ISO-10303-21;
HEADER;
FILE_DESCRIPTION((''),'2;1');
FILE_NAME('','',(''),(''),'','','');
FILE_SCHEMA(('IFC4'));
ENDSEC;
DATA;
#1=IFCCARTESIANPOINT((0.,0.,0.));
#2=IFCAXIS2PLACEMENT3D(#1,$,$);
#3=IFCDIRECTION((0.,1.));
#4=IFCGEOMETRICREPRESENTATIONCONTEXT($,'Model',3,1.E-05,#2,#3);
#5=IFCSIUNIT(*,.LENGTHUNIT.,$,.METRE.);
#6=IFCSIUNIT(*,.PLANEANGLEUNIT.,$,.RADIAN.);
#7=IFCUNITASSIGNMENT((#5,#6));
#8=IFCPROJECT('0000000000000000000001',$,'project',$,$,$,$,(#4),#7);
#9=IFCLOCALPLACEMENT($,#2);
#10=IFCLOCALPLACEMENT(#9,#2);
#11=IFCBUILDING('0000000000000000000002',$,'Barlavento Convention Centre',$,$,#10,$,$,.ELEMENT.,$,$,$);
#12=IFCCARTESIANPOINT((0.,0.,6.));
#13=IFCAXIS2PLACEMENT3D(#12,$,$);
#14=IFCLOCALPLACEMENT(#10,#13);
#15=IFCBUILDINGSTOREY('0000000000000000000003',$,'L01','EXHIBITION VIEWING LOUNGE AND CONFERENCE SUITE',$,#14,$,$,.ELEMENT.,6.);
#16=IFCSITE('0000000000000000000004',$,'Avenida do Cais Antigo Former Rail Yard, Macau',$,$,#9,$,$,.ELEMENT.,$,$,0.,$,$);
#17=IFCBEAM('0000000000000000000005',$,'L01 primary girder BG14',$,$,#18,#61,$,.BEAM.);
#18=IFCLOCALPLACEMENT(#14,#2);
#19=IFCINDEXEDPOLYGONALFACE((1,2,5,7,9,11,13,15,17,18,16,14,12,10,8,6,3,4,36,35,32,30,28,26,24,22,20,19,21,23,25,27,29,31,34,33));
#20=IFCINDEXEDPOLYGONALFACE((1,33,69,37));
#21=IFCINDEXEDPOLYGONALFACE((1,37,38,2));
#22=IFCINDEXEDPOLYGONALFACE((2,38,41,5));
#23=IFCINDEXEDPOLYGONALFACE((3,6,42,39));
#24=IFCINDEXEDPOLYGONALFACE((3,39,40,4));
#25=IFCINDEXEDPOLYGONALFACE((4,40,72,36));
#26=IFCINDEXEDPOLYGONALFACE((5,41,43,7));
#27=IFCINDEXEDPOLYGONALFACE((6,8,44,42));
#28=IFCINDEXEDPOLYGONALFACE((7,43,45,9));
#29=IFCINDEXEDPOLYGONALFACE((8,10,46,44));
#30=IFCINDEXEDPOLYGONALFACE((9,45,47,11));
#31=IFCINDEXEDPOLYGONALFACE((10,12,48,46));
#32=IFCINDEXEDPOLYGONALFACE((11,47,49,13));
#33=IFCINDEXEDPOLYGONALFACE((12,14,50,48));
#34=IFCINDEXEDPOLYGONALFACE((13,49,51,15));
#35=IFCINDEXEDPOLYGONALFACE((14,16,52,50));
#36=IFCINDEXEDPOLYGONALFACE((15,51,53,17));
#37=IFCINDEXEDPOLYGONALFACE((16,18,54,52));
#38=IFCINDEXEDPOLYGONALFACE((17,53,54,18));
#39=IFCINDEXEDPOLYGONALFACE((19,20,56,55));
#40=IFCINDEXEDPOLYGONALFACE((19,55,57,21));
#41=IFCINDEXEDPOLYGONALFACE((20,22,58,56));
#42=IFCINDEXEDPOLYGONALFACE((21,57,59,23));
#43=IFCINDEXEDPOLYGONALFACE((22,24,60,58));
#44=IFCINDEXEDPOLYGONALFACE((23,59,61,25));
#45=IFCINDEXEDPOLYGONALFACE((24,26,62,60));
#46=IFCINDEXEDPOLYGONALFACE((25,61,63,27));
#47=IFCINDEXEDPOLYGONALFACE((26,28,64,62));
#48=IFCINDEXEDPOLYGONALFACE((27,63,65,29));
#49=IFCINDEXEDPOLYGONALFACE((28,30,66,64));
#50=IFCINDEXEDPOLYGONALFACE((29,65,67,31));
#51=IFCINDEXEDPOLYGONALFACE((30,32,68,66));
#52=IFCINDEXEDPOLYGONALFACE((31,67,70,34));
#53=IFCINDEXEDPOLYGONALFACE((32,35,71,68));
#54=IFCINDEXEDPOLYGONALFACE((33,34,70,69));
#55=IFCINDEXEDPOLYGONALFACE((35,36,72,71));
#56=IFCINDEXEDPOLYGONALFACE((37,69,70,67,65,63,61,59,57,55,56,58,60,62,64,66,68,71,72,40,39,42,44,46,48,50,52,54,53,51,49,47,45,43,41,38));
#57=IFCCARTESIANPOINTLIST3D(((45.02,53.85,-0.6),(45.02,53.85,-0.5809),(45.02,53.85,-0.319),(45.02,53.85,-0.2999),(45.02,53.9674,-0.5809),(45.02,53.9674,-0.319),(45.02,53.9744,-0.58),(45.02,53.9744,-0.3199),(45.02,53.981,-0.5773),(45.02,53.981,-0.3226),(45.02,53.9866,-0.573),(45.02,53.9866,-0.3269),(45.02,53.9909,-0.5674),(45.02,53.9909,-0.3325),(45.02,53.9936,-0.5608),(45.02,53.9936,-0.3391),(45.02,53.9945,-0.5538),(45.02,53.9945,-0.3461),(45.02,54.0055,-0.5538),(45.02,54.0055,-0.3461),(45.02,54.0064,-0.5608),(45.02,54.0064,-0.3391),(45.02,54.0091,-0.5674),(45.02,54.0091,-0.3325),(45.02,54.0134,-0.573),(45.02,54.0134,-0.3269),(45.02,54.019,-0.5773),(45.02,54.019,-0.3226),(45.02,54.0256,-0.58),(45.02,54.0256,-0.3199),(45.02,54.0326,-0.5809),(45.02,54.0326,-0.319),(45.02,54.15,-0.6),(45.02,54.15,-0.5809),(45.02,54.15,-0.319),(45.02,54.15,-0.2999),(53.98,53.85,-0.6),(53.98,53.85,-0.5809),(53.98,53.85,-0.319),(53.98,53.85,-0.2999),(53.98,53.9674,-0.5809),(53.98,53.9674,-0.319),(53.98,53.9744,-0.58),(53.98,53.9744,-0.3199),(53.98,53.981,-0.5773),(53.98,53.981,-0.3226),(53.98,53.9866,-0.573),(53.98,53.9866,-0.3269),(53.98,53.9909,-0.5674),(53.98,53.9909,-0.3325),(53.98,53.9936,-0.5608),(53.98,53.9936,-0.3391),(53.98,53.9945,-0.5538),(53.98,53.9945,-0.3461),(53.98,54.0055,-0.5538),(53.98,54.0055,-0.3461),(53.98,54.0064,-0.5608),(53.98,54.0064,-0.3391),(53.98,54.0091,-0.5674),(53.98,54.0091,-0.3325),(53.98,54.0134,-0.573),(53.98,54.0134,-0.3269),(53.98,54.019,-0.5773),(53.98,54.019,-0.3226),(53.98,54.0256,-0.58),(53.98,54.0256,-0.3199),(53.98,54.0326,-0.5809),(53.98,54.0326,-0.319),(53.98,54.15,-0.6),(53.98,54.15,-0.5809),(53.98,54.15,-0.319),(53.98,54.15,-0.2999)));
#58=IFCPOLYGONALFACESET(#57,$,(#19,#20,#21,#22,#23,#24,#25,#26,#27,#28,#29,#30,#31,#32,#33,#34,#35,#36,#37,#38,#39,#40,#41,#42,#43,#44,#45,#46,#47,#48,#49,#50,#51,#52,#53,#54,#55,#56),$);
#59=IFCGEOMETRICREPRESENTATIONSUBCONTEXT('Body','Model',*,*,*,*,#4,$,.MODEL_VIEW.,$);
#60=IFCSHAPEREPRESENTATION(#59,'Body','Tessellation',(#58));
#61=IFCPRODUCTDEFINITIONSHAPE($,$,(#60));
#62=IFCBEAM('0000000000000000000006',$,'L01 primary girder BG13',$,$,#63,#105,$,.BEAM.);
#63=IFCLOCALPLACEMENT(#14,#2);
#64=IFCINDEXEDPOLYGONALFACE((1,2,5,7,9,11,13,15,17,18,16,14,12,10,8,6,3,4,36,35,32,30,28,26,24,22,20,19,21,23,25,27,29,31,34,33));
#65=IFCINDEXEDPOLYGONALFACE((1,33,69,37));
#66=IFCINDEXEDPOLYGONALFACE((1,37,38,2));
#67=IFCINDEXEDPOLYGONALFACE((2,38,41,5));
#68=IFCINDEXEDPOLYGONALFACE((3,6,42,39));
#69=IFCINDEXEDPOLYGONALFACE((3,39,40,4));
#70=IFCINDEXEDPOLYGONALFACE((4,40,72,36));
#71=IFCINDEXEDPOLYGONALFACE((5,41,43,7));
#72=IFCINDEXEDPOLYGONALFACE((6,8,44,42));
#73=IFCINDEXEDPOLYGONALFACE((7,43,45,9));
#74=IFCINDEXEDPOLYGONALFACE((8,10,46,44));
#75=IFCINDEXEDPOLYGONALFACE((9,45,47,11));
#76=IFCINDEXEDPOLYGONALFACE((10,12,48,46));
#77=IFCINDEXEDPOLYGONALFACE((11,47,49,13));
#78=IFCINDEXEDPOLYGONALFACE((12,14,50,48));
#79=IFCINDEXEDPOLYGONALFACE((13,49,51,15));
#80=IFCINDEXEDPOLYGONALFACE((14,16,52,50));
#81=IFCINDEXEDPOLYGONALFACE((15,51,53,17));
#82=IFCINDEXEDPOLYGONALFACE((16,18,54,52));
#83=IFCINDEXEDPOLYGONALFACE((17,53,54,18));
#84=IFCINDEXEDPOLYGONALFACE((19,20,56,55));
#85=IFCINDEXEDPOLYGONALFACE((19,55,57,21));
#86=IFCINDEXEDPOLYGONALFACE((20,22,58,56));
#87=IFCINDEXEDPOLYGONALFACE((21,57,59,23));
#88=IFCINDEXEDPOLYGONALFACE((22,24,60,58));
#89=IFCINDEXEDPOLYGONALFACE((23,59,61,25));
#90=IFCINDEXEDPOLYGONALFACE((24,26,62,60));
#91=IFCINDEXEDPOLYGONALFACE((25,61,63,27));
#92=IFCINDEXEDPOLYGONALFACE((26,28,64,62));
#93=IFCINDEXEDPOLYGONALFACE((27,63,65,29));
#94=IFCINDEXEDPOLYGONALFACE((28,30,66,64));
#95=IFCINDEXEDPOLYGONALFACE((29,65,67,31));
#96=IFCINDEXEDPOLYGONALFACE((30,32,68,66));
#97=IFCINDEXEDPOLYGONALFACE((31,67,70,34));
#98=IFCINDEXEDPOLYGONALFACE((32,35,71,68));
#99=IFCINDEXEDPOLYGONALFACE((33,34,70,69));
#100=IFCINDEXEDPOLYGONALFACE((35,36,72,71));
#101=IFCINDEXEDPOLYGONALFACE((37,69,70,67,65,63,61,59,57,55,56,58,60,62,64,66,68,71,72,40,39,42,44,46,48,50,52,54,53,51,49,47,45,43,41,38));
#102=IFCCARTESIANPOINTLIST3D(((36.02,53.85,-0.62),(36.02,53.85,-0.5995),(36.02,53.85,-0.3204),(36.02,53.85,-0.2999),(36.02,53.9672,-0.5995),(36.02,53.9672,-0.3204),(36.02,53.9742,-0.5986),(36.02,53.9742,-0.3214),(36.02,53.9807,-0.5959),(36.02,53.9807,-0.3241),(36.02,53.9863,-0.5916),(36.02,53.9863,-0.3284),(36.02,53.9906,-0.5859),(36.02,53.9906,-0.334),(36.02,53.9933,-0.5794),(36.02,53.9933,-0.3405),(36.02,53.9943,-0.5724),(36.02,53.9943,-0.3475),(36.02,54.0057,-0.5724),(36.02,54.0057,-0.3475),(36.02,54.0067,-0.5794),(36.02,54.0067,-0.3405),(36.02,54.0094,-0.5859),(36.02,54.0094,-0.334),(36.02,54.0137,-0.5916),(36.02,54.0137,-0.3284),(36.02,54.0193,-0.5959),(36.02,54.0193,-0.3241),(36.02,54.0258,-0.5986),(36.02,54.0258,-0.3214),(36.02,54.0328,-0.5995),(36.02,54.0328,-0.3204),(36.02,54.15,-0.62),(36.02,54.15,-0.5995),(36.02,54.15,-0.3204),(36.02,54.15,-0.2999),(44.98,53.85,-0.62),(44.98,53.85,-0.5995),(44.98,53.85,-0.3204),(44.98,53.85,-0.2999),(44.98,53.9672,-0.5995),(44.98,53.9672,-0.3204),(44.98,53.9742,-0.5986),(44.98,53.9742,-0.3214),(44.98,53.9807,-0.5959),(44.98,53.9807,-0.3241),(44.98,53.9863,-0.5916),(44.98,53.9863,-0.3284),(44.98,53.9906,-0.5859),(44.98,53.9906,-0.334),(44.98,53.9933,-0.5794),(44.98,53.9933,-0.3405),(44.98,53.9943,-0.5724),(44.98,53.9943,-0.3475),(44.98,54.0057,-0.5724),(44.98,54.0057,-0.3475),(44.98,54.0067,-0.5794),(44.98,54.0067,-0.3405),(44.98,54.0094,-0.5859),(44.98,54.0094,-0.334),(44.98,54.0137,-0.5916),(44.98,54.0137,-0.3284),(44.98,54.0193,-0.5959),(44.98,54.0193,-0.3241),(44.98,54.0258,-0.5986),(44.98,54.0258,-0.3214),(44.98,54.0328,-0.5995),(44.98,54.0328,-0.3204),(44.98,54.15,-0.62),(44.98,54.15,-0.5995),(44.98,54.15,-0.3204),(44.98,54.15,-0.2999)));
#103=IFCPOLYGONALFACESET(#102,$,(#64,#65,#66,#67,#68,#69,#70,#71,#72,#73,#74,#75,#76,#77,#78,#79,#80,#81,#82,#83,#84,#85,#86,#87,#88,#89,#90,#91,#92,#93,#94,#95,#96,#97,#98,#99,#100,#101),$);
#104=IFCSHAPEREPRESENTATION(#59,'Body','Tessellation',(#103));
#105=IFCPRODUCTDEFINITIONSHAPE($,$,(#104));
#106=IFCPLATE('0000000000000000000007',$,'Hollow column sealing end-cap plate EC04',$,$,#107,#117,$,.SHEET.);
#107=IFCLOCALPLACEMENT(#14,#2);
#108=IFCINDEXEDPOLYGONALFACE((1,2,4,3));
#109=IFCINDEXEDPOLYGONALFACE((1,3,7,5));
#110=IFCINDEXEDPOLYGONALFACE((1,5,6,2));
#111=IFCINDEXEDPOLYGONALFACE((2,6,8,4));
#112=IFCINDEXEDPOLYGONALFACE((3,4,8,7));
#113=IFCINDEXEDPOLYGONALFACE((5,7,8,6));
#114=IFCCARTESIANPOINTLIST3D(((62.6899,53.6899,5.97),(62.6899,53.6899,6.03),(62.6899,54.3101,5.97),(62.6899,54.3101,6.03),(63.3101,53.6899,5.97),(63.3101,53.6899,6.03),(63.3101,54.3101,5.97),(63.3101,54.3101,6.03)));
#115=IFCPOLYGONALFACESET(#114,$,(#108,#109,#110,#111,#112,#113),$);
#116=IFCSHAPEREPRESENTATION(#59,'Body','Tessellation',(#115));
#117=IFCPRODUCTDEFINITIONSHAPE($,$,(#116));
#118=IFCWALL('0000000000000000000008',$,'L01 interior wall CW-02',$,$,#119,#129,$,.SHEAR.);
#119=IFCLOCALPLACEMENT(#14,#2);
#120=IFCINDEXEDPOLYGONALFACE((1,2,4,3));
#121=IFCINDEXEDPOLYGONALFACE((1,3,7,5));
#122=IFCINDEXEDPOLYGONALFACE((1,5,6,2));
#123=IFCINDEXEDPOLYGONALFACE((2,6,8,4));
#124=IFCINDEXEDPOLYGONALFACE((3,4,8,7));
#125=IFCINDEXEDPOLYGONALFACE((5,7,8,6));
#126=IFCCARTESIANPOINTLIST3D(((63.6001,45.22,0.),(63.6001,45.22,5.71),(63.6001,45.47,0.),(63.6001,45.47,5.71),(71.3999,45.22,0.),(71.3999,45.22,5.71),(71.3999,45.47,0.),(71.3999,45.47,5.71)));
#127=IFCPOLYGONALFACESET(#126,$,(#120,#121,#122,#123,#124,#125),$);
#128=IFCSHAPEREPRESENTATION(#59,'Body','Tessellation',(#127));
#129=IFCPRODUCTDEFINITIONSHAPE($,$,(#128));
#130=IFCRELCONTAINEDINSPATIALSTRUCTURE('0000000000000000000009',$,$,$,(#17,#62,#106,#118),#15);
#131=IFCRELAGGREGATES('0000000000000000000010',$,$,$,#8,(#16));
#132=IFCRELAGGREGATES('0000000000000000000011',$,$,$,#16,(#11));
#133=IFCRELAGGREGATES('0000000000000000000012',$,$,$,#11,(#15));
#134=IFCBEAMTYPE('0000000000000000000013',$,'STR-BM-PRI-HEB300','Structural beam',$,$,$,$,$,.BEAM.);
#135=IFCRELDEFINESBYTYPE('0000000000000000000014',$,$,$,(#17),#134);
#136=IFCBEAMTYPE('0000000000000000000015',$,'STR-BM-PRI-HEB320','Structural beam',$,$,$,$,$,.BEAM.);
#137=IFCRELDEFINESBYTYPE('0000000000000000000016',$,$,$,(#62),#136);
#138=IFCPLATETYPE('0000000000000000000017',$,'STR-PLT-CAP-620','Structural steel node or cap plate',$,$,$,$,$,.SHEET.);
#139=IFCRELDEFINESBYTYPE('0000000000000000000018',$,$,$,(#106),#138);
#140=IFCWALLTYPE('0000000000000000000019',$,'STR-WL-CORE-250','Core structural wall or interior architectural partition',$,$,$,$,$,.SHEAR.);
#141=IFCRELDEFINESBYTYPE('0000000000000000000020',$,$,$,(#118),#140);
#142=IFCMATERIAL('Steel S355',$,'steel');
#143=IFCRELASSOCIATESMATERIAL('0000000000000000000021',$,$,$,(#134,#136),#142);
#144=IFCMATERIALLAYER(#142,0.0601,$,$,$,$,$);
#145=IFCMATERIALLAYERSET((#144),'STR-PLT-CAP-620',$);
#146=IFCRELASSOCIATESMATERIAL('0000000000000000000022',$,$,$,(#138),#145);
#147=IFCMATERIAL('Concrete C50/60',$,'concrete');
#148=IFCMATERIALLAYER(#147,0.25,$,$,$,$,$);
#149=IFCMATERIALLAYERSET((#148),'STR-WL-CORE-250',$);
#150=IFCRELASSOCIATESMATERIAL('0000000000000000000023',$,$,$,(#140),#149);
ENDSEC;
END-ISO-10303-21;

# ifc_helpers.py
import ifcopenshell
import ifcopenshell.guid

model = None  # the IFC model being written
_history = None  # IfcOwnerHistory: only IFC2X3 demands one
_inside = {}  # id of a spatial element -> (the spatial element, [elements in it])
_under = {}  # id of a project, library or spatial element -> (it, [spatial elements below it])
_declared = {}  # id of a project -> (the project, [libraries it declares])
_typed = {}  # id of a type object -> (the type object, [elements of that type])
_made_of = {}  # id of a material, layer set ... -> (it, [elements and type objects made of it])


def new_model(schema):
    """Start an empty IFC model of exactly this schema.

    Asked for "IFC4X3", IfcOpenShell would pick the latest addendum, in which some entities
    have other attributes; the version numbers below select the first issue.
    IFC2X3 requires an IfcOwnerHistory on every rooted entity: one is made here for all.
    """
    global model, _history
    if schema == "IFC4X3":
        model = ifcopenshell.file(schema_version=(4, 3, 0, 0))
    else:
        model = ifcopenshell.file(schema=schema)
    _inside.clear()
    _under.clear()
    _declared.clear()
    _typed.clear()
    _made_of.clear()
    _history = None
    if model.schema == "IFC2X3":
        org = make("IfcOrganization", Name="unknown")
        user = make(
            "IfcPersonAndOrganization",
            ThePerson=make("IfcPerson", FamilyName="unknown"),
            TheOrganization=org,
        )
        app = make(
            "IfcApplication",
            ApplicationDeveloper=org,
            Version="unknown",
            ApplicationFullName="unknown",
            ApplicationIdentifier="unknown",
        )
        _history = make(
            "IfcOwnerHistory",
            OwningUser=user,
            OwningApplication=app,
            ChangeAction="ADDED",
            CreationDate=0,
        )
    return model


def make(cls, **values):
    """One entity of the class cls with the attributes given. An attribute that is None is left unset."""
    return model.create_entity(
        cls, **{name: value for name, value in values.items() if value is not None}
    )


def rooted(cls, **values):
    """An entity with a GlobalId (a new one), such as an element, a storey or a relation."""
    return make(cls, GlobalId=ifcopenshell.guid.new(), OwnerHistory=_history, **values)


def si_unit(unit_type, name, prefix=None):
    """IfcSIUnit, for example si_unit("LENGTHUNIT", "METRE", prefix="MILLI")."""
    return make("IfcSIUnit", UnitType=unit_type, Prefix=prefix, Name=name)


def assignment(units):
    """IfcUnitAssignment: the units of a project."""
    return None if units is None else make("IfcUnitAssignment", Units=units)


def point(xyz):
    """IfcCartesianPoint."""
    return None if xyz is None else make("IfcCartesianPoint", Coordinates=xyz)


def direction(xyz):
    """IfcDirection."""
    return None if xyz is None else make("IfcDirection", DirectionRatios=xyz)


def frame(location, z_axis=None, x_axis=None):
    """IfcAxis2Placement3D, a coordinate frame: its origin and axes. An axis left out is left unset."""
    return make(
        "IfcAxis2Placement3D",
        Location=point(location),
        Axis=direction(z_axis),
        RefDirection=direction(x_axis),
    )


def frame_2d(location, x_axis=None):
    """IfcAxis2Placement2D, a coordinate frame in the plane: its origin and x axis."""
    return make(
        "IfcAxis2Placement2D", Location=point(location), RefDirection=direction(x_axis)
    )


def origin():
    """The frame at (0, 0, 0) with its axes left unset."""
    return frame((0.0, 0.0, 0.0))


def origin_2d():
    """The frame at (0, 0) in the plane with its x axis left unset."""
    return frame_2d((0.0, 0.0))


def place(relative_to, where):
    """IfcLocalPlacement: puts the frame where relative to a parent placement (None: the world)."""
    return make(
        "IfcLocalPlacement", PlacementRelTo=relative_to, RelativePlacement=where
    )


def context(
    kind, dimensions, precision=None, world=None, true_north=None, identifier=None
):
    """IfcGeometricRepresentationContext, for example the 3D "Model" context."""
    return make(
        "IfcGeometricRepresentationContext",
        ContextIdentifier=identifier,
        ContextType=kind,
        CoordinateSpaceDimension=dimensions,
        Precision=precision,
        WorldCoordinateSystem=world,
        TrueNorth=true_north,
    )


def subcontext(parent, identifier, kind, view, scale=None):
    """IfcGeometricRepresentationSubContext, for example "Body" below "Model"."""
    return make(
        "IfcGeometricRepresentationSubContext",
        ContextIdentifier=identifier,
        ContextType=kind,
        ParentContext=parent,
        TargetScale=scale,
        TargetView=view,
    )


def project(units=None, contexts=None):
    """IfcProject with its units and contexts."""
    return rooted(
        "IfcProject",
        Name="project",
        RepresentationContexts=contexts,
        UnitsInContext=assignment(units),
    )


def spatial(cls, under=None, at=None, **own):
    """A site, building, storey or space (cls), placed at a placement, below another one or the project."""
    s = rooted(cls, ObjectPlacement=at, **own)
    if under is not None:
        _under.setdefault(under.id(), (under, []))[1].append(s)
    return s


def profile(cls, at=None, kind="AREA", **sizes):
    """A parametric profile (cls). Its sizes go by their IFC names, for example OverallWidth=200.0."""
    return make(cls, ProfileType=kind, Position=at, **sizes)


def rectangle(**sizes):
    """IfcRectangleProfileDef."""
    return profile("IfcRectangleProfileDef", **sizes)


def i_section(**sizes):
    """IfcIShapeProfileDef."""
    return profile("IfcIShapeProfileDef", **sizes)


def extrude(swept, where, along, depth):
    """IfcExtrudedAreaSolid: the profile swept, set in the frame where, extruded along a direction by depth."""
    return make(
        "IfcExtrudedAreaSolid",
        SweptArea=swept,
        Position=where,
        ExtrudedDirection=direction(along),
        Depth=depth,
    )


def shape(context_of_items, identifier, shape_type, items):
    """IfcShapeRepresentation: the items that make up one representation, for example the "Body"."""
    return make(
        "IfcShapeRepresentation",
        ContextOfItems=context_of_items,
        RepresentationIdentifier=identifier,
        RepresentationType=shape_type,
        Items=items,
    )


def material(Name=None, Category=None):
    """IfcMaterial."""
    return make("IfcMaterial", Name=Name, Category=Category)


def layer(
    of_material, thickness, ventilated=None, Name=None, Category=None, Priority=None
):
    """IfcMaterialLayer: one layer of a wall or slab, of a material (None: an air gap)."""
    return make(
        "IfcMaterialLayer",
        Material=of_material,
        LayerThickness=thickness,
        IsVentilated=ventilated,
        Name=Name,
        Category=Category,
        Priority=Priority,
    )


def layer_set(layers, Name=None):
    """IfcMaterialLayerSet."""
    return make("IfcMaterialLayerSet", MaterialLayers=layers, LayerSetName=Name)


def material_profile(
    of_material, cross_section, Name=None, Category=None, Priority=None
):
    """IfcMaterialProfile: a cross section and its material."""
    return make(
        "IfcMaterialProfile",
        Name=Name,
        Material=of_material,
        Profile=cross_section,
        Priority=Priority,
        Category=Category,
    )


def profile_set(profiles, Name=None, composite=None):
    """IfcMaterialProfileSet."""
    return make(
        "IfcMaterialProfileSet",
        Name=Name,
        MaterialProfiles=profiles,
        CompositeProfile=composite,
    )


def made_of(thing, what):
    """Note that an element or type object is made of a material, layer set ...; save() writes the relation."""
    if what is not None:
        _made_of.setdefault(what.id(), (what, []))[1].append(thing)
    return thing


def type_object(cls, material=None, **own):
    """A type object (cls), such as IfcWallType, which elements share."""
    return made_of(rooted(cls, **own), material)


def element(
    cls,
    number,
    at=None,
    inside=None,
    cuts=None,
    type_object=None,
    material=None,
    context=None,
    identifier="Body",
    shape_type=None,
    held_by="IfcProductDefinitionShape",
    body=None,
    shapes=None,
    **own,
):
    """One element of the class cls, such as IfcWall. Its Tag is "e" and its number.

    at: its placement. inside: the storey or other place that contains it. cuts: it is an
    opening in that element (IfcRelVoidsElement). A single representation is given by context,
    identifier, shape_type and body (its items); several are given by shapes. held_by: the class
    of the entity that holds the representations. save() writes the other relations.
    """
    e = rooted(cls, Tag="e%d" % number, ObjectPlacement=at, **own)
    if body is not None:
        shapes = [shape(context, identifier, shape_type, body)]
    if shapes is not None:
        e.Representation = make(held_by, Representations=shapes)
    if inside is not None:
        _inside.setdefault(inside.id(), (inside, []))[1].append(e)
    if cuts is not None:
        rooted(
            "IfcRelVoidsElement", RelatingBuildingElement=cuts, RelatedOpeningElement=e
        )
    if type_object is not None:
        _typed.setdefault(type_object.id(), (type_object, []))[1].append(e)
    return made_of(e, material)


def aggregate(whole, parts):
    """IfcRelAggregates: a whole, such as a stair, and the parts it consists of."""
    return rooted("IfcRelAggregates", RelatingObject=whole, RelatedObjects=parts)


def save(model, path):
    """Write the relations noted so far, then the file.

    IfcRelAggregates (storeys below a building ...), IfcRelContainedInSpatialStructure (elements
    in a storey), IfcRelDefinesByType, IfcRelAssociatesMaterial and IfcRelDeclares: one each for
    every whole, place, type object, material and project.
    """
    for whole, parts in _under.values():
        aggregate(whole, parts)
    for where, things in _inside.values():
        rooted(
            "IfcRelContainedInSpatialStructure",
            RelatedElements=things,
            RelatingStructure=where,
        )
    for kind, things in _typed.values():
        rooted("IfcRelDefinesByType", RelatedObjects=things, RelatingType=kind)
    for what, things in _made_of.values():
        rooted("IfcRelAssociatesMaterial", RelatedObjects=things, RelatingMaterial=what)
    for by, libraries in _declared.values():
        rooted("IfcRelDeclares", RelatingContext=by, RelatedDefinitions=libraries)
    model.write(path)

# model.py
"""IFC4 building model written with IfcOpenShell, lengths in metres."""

from ifc_helpers import new_model, si_unit, direction, frame, frame_2d, origin, origin_2d, place, context, subcontext, project, spatial, rectangle, i_section, extrude, material, layer, layer_set, material_profile, profile_set, type_object, element, save


model = new_model("IFC4")

# Units and contexts
model_context = context("Model", 3, precision=1e-05, world=origin(), true_north=direction((0.0, 1.0)))
body_context = subcontext(model_context, "Body", "Model", "MODEL_VIEW")
ifc_project = project(units=[si_unit("LENGTHUNIT", "METRE"), si_unit("PLANEANGLEUNIT", "RADIAN")], contexts=[model_context])

# Site, building, storey
site_placement = place(None, origin())
site = spatial("IfcSite", under=ifc_project, at=site_placement, Name="Avenida do Cais Antigo Former Rail Yard, Macau", CompositionType="ELEMENT", RefElevation=0.0)
building_placement = place(site_placement, origin())
building = spatial("IfcBuilding", under=site, at=building_placement, Name="Barlavento Convention Centre", CompositionType="ELEMENT")
storey_placement = place(building_placement, frame((0.0, 0.0, 6.0)))
storey = spatial("IfcBuildingStorey", under=building, at=storey_placement, Name="L01", Description="EXHIBITION VIEWING LOUNGE AND CONFERENCE SUITE", CompositionType="ELEMENT", Elevation=6.0)

# Shared definitions
ifc_material_1 = material(Name="Steel S355", Category="steel")

# Beams
ifc_material_profile_1 = material_profile(ifc_material_1, i_section(OverallWidth=0.3, OverallDepth=0.3, WebThickness=0.011, FlangeThickness=0.019, FilletRadius=0.0271, at=origin_2d()), Name="HEB 300")
ifc_profile_set_1 = profile_set([ifc_material_profile_1], Name="Steel S355")
beam_type_1 = type_object("IfcBeamType", Name="STR-BM-PRI-HEB300", Description="Structural beam", PredefinedType="BEAM", material=ifc_profile_set_1)
beam_1_placement = place(storey_placement, frame((45.02, 54.0, -0.45), z_axis=(1.0, 0.0, 0.0), x_axis=(0.0, 1.0, 0.0)))
element("IfcBeam", 1, at=beam_1_placement, inside=storey, type_object=beam_type_1, Name="L01 primary girder BG14", PredefinedType="BEAM", context=body_context, shape_type="SweptSolid", body=[
    extrude(i_section(OverallWidth=0.3, OverallDepth=0.3, WebThickness=0.011, FlangeThickness=0.019, FilletRadius=0.0271, at=origin_2d()), origin(), (0.0, 0.0, 1.0), 8.96),
])
ifc_material_profile_2 = material_profile(ifc_material_1, i_section(OverallWidth=0.3, OverallDepth=0.3201, WebThickness=0.0115, FlangeThickness=0.0205, FilletRadius=0.0271, at=origin_2d()), Name="HEB 320")
ifc_profile_set_2 = profile_set([ifc_material_profile_2], Name="Steel S355")
beam_type_2 = type_object("IfcBeamType", Name="STR-BM-PRI-HEB320", Description="Structural beam", PredefinedType="BEAM", material=ifc_profile_set_2)
beam_2_placement = place(storey_placement, frame((36.02, 54.0, -0.46), z_axis=(1.0, 0.0, 0.0), x_axis=(0.0, 1.0, 0.0)))
element("IfcBeam", 2, at=beam_2_placement, inside=storey, type_object=beam_type_2, Name="L01 primary girder BG13", PredefinedType="BEAM", context=body_context, shape_type="SweptSolid", body=[
    extrude(i_section(OverallWidth=0.3, OverallDepth=0.3201, WebThickness=0.0115, FlangeThickness=0.0205, FilletRadius=0.0271, at=origin_2d()), origin(), (0.0, 0.0, 1.0), 8.96),
])

# Plate
ifc_layer_1 = layer(ifc_material_1, 0.0601)
ifc_layer_set_1 = layer_set([ifc_layer_1], Name="STR-PLT-CAP-620")
plate_type = type_object("IfcPlateType", Name="STR-PLT-CAP-620", Description="Structural steel node or cap plate", PredefinedType="SHEET", material=ifc_layer_set_1)
plate_placement = place(storey_placement, frame((63.0, 54.0, 5.97), z_axis=(0.0, 0.0, 1.0), x_axis=(1.0, 0.0, 0.0)))
element("IfcPlate", 3, at=plate_placement, inside=storey, type_object=plate_type, Name="Hollow column sealing end-cap plate EC04", PredefinedType="SHEET", context=body_context, shape_type="SweptSolid", body=[
    extrude(rectangle(XDim=0.6201, YDim=0.6201, at=origin_2d()), origin(), (0.0, 0.0, 1.0), 0.0601),
])

# Wall
ifc_material_2 = material(Name="Concrete C50/60", Category="concrete")
ifc_layer_2 = layer(ifc_material_2, 0.25)
ifc_layer_set_2 = layer_set([ifc_layer_2], Name="STR-WL-CORE-250")
wall_type = type_object("IfcWallType", Name="STR-WL-CORE-250", Description="Core structural wall or interior architectural partition", PredefinedType="SHEAR", material=ifc_layer_set_2)
wall_placement = place(storey_placement, frame((63.6001, 45.345, 0.0), z_axis=(0.0, 0.0, 1.0), x_axis=(1.0, 0.0, 0.0)))
element("IfcWall", 4, at=wall_placement, inside=storey, type_object=wall_type, Name="L01 interior wall CW-02", PredefinedType="SHEAR", context=body_context, shape_type="SweptSolid", body=[
    extrude(rectangle(XDim=7.7998, YDim=0.25, at=frame_2d((3.8999, 0.0))), origin(), (0.0, 0.0, 1.0), 5.71),
])

save(model, "model.ifc")
